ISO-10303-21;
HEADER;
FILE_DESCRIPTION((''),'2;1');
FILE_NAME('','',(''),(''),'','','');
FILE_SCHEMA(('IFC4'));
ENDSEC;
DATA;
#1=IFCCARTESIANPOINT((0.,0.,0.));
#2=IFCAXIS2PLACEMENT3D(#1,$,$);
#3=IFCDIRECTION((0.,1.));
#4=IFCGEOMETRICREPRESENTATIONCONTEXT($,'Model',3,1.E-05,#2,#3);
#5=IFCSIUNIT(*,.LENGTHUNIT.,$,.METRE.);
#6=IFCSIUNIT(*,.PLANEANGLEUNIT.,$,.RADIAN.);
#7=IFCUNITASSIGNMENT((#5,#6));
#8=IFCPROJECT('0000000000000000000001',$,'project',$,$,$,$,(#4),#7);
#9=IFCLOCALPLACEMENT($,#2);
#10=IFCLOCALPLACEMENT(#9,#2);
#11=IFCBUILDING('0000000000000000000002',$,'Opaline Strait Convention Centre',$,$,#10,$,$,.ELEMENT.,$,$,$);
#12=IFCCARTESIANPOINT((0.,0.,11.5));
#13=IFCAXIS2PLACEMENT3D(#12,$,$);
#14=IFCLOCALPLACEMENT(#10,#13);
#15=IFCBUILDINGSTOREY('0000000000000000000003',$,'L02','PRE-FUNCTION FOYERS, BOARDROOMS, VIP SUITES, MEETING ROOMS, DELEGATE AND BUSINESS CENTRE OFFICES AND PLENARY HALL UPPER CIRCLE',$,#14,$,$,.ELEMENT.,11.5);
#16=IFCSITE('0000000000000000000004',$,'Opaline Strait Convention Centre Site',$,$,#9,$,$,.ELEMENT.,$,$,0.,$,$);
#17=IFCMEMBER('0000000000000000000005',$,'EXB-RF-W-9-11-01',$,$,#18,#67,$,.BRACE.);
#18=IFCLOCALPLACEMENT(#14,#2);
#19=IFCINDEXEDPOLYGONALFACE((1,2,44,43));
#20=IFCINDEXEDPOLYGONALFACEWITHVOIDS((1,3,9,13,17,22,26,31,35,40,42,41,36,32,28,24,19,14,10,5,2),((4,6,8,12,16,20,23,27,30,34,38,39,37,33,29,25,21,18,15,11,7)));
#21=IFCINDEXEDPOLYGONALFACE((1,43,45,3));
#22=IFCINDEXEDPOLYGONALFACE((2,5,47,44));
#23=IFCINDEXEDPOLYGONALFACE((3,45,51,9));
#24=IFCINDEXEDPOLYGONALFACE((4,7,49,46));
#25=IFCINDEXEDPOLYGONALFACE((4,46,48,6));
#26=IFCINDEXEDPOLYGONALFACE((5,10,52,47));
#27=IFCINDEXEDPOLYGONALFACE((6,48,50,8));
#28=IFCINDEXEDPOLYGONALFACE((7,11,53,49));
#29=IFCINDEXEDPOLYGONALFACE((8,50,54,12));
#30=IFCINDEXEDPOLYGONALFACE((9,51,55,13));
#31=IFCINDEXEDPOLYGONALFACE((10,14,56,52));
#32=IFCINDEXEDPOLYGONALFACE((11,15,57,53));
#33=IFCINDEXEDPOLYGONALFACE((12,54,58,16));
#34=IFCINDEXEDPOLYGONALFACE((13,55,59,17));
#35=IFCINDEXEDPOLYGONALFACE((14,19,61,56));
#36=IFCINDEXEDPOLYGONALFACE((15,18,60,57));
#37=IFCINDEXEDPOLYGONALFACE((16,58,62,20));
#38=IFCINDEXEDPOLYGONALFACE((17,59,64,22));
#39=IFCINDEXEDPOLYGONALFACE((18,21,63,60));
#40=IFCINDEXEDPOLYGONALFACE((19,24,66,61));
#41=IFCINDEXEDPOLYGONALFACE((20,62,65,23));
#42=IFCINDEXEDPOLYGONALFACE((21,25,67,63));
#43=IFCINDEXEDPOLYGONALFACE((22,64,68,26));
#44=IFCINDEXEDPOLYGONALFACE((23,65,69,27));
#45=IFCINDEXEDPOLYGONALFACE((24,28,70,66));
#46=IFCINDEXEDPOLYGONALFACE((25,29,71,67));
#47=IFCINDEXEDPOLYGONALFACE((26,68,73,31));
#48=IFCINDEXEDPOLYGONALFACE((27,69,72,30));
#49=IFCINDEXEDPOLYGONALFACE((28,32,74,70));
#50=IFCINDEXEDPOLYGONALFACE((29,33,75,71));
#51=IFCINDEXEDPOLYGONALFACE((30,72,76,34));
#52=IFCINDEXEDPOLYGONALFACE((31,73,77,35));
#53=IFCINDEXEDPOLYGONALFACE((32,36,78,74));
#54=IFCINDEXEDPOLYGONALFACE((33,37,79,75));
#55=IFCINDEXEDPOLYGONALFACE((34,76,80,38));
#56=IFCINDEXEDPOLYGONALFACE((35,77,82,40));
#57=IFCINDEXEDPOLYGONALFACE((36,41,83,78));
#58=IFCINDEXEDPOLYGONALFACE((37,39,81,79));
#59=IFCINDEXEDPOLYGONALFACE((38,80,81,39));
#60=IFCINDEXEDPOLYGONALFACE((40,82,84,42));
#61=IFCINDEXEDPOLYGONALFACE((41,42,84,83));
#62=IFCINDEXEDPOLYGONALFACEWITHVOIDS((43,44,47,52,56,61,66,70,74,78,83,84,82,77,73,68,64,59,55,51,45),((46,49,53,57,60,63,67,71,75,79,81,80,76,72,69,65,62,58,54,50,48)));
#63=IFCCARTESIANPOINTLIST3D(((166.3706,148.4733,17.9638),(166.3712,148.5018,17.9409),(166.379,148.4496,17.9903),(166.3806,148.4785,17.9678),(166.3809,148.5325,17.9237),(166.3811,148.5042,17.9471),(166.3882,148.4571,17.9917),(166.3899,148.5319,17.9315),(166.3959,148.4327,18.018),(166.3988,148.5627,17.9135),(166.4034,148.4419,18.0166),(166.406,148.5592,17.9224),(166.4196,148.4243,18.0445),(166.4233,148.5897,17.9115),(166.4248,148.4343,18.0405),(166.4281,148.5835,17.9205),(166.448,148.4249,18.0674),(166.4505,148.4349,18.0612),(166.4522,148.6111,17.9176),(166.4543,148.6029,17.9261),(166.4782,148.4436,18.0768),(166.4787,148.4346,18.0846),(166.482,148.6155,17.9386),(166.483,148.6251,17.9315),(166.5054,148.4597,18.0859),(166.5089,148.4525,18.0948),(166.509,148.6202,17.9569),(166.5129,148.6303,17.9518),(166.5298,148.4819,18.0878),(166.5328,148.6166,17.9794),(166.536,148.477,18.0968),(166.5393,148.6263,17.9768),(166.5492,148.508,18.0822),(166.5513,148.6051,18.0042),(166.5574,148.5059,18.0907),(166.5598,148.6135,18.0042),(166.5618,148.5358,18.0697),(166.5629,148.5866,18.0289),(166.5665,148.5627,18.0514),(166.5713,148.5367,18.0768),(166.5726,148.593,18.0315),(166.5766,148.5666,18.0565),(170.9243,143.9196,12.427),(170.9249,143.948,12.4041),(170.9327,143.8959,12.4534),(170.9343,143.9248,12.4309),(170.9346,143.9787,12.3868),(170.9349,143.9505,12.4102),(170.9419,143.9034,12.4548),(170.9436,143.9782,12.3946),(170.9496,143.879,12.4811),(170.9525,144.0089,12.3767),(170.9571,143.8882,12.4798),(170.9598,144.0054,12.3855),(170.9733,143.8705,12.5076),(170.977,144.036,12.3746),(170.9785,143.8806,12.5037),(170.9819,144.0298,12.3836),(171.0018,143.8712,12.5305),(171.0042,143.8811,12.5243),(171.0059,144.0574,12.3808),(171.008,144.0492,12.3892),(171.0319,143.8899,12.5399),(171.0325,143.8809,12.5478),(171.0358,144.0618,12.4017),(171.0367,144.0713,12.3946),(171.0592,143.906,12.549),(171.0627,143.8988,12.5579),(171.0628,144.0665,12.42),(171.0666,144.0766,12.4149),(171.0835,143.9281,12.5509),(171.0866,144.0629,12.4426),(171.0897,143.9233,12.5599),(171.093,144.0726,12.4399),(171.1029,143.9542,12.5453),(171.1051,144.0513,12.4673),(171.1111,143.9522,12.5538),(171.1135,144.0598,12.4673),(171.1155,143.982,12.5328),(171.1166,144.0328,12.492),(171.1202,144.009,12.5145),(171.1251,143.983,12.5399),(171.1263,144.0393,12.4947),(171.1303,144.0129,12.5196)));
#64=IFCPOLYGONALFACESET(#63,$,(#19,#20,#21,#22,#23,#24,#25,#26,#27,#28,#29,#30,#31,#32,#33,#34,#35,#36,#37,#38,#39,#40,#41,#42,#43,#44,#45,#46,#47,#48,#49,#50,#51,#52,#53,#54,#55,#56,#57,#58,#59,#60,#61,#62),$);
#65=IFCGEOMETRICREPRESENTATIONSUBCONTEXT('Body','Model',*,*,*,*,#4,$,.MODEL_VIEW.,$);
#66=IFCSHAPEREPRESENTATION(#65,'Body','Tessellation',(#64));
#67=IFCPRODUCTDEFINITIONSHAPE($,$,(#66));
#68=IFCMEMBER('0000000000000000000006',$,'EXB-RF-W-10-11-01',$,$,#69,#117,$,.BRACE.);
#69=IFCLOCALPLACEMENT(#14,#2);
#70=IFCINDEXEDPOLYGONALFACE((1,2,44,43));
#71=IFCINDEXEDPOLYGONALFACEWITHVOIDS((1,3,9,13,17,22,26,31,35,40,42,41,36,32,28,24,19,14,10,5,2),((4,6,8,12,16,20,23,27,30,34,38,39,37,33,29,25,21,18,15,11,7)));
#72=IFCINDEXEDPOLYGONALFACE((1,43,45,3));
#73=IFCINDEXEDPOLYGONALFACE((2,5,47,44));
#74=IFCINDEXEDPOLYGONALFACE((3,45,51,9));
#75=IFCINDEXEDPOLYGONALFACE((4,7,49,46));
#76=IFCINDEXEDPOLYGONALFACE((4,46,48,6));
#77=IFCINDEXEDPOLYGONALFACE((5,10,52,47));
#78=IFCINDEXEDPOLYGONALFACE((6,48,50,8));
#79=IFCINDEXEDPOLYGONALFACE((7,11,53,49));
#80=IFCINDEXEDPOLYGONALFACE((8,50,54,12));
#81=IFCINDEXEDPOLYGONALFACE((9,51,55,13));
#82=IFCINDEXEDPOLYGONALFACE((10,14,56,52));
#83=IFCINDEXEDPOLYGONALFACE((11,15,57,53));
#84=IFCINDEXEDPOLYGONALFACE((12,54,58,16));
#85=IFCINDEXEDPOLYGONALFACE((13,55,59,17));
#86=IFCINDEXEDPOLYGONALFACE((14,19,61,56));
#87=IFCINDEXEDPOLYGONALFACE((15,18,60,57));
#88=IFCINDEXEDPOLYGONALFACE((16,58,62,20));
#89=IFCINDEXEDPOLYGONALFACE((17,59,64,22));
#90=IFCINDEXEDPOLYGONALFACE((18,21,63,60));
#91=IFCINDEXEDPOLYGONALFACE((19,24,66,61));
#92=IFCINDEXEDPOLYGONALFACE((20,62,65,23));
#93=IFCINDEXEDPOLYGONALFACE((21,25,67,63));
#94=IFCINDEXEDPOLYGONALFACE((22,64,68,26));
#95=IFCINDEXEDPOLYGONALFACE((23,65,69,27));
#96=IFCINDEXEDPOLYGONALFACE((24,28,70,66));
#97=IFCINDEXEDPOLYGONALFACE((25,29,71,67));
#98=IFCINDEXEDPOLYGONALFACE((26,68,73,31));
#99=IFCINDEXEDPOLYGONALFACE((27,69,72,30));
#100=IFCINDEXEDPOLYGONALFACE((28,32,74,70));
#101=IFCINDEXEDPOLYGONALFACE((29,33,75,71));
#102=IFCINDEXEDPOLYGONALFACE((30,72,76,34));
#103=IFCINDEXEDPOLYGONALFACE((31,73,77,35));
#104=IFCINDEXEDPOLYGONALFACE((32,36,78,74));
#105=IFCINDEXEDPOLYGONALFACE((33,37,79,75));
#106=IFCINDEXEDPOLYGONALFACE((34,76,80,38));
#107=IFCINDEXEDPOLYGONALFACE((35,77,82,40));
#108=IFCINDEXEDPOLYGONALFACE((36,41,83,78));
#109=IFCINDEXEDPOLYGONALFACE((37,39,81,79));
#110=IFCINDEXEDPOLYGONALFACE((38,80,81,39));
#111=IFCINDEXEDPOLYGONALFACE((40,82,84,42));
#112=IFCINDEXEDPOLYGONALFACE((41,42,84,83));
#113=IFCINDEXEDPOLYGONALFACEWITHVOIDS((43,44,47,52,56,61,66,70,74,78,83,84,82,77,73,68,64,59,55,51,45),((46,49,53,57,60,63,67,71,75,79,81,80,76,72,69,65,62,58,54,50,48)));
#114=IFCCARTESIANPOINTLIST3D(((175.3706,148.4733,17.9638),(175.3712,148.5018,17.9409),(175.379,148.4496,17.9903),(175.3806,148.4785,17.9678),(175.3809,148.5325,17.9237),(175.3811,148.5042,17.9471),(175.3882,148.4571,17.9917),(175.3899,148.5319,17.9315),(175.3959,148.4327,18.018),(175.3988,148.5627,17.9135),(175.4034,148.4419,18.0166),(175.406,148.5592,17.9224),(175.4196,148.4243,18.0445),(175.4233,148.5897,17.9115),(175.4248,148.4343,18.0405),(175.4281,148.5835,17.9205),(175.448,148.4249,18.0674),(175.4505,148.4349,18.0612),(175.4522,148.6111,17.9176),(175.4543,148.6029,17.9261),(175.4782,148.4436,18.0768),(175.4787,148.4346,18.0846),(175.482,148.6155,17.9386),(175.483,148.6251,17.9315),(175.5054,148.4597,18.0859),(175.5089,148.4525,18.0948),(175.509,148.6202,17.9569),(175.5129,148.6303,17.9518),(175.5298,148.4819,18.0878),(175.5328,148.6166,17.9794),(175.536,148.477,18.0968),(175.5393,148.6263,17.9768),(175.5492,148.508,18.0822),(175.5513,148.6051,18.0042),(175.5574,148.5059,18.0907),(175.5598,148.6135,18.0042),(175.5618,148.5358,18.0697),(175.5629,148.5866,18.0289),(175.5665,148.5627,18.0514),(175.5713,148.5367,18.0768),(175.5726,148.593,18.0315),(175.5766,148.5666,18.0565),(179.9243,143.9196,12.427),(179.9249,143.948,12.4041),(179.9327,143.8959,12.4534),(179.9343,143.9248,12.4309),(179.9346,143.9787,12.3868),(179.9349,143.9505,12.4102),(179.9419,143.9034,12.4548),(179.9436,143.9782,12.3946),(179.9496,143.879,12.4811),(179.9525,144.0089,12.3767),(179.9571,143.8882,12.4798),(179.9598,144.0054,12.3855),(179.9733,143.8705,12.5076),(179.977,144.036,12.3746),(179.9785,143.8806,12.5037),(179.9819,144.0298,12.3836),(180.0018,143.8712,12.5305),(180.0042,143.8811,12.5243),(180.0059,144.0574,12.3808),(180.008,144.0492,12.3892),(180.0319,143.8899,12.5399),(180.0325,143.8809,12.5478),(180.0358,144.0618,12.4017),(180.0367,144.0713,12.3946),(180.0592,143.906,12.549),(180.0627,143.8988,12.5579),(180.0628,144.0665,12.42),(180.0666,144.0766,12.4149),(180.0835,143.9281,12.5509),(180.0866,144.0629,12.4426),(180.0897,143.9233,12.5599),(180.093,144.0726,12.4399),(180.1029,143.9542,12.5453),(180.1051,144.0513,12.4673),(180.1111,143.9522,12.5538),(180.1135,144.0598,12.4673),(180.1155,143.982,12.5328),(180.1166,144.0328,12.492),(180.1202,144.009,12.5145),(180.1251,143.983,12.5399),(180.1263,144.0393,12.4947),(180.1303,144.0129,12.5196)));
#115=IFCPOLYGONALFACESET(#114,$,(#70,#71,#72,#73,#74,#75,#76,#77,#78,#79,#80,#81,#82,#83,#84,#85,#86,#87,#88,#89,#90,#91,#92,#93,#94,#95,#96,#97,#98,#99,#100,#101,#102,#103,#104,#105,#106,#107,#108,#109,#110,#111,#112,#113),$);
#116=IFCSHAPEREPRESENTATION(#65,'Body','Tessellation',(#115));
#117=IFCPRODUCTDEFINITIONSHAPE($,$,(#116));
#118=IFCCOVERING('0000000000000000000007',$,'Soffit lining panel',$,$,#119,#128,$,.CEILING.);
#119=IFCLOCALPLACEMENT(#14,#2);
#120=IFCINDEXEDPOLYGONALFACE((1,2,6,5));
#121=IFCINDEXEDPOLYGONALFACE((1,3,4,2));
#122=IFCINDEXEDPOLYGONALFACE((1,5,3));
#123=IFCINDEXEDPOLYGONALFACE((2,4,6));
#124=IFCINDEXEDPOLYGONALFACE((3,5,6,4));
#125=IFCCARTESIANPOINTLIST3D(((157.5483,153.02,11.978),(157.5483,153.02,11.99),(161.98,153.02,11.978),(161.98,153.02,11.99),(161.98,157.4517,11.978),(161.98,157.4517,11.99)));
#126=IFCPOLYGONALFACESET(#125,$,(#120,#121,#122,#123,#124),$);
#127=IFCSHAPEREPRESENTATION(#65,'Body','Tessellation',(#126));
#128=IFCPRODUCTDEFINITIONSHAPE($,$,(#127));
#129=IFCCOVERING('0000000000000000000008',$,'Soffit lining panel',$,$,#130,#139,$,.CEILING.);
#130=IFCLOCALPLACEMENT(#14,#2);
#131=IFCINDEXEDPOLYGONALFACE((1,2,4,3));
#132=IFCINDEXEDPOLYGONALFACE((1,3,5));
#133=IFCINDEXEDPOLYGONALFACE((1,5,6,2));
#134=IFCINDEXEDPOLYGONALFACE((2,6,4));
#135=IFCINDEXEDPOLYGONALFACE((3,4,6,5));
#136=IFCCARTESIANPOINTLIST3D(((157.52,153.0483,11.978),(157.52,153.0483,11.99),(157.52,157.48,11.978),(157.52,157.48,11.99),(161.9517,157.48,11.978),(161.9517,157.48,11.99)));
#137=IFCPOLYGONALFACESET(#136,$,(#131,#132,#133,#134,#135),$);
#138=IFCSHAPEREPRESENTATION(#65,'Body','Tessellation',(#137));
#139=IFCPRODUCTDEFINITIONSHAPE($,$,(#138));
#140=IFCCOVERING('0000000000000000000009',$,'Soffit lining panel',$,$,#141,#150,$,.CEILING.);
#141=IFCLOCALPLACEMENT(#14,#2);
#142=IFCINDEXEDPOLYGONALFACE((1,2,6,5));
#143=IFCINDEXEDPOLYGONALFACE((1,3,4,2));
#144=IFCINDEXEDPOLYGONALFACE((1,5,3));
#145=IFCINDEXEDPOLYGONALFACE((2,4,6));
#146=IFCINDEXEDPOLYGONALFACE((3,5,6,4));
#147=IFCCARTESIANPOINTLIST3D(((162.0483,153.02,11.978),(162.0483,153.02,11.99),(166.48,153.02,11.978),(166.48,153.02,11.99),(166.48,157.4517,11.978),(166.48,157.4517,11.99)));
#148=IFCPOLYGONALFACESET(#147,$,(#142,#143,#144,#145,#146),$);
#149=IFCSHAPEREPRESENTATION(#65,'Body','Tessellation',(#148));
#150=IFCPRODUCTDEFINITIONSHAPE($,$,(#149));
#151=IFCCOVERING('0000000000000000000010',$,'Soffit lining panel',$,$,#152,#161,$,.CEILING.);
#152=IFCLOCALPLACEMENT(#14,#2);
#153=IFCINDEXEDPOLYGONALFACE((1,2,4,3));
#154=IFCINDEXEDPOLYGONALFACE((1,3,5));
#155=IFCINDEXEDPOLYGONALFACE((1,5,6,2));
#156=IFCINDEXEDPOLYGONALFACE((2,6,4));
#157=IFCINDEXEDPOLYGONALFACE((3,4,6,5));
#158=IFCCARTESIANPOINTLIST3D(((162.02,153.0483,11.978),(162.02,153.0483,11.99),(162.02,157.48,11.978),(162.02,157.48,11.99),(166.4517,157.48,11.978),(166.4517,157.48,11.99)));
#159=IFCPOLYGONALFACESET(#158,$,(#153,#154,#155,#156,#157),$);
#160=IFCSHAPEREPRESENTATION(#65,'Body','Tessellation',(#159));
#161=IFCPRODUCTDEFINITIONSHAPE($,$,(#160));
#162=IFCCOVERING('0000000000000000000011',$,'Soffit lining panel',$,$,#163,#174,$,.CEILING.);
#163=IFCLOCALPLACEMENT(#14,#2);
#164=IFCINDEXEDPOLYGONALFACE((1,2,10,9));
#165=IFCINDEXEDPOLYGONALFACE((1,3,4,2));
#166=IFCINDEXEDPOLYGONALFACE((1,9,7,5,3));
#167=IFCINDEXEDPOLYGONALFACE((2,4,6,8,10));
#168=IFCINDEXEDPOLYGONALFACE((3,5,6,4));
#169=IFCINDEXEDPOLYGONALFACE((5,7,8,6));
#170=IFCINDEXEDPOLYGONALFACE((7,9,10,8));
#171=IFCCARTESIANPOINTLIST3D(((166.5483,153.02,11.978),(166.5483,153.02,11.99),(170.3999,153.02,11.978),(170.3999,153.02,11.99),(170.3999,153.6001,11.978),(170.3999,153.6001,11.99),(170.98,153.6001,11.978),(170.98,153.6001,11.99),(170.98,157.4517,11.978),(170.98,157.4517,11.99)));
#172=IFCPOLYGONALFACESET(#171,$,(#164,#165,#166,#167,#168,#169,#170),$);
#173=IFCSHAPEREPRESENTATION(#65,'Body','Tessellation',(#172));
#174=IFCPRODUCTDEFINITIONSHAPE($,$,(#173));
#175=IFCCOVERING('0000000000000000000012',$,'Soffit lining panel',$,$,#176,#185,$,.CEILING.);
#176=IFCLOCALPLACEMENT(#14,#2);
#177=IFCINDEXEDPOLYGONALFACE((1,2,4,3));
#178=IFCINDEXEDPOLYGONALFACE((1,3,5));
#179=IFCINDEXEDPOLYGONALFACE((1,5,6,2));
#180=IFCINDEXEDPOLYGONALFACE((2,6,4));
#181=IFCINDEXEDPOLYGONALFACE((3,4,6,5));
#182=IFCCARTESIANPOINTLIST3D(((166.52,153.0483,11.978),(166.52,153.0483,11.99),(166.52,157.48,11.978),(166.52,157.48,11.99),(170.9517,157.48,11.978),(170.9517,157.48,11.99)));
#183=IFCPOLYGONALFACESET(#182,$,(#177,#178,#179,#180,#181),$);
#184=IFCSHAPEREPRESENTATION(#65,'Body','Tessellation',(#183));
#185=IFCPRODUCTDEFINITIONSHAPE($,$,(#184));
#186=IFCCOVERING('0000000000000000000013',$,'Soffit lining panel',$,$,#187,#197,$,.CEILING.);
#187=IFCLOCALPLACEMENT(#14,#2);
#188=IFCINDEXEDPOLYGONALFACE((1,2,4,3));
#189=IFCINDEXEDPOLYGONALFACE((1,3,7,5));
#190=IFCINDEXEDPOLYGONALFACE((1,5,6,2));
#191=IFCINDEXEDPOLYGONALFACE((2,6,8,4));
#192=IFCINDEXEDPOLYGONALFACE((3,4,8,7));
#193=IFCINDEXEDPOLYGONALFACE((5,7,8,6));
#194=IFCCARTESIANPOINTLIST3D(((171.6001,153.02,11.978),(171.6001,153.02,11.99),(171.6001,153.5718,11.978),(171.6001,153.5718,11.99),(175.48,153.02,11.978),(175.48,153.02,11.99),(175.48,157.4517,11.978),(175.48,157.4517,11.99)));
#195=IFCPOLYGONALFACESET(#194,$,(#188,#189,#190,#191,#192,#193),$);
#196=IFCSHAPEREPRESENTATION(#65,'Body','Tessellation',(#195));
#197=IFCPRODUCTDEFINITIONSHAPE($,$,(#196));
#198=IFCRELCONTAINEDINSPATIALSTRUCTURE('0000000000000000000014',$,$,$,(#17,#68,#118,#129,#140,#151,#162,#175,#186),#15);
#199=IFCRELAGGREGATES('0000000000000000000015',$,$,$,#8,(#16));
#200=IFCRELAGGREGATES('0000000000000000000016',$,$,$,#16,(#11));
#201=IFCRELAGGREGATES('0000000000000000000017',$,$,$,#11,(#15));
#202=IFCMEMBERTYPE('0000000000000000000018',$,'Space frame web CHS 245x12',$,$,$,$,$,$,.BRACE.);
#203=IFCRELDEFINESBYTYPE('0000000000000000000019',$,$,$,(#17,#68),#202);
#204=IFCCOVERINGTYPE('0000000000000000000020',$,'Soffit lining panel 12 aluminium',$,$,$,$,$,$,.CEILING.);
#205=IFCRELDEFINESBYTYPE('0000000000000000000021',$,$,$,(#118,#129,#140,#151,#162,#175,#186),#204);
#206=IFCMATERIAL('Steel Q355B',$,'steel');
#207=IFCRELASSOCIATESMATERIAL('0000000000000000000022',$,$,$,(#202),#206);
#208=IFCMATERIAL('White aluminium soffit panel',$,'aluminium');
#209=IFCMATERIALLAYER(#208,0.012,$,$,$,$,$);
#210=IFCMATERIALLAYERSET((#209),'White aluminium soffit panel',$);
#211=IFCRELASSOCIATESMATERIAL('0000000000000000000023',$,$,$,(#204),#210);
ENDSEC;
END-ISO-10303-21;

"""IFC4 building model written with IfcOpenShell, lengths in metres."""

from ifc_helpers import new_model, si_unit, direction, frame, origin, origin_2d, place, context, subcontext, project, spatial, polyline, hollow_circle, outline, extrude, material, layer, layer_set, material_profile, profile_set, type_object, element, save


model = new_model("IFC4")

# Units and contexts
model_context = context("Model", 3, precision=1e-05, world=origin(), true_north=direction((0.0, 1.0)))
body_context = subcontext(model_context, "Body", "Model", "MODEL_VIEW")
ifc_project = project(units=[si_unit("LENGTHUNIT", "METRE"), si_unit("PLANEANGLEUNIT", "RADIAN")], contexts=[model_context])

# Site, building, storey
site_placement = place(None, origin())
site = spatial("IfcSite", under=ifc_project, at=site_placement, Name="Opaline Strait Convention Centre Site", CompositionType="ELEMENT", RefElevation=0.0)
building_placement = place(site_placement, origin())
building = spatial("IfcBuilding", under=site, at=building_placement, Name="Opaline Strait Convention Centre", CompositionType="ELEMENT")
storey_placement = place(building_placement, frame((0.0, 0.0, 11.5)))
storey = spatial("IfcBuildingStorey", under=building, at=storey_placement, Name="L02", Description="PRE-FUNCTION FOYERS, BOARDROOMS, VIP SUITES, MEETING ROOMS, DELEGATE AND BUSINESS CENTRE OFFICES AND PLENARY HALL UPPER CIRCLE", CompositionType="ELEMENT", Elevation=11.5)

# Shared definitions
ifc_material_1 = material(Name="Steel Q355B", Category="steel")

# Members
ifc_material_profile_1 = material_profile(ifc_material_1, hollow_circle(Radius=0.1226, WallThickness=0.012, at=origin_2d()), Name="CHS 245x12")
ifc_profile_set_1 = profile_set([ifc_material_profile_1], Name="Steel Q355B")
member_type_1 = type_object("IfcMemberType", Name="Space frame web CHS 245x12", PredefinedType="BRACE", material=ifc_profile_set_1)
for number, where, z_axis, x_axis, name in (
    (1, (166.4731, 148.5269, 18.0042), (0.536178, -0.536178, -0.65194), (0.707107, 0.707107, 0.0), "EXB-RF-W-9-11-01"),
    (2, (175.4731, 148.5269, 18.0042), (0.536178, -0.536178, -0.65194), (0.707107, 0.707107, 0.0), "EXB-RF-W-10-11-01"),
):
    element("IfcMember", number, at=place(storey_placement, frame(where, z_axis=z_axis, x_axis=x_axis)), inside=storey, type_object=member_type_1, Name=name, PredefinedType="BRACE", context=body_context, shape_type="SweptSolid", body=[
        extrude(hollow_circle(Radius=0.1226, WallThickness=0.012, at=origin_2d()), origin(), (0.0, 0.0, 1.0), 8.4929),
    ])

# Coverings
ifc_material_2 = material(Name="White aluminium soffit panel", Category="aluminium")
ifc_layer = layer(ifc_material_2, 0.012)
ifc_layer_set = layer_set([ifc_layer], Name="White aluminium soffit panel")
covering_type = type_object("IfcCoveringType", Name="Soffit lining panel 12 aluminium", PredefinedType="CEILING", material=ifc_layer_set)
covering_1_placement = place(storey_placement, frame((157.5483, 153.02, 11.99), z_axis=(0.0, 0.0, 1.0), x_axis=(0.707107, 0.707107, 0.0)))
element("IfcCovering", 3, at=covering_1_placement, inside=storey, type_object=covering_type, Name="Soffit lining panel", PredefinedType="CEILING", context=body_context, shape_type="SweptSolid", body=[
    extrude(outline(polyline([(0.0, 0.0), (6.2673, 0.0), (3.1336, -3.1336), (0.0, 0.0)])), origin(), (0.0, 0.0, -1.0), 0.012),
])
covering_2_placement = place(storey_placement, frame((157.52, 153.0483, 11.99), z_axis=(0.0, 0.0, 1.0), x_axis=(0.0, 1.0, 0.0)))
element("IfcCovering", 4, at=covering_2_placement, inside=storey, type_object=covering_type, Name="Soffit lining panel", PredefinedType="CEILING", context=body_context, shape_type="SweptSolid", body=[
    extrude(outline(polyline([(0.0, 0.0), (4.4316, 0.0), (4.4316, -4.4316), (0.0, 0.0)])), origin(), (0.0, 0.0, -1.0), 0.012),
])
covering_3_placement = place(storey_placement, frame((162.0483, 153.02, 11.99), z_axis=(0.0, 0.0, 1.0), x_axis=(0.707107, 0.707107, 0.0)))
element("IfcCovering", 5, at=covering_3_placement, inside=storey, type_object=covering_type, Name="Soffit lining panel", PredefinedType="CEILING", context=body_context, shape_type="SweptSolid", body=[
    extrude(outline(polyline([(0.0, 0.0), (6.2673, 0.0), (3.1336, -3.1336), (0.0, 0.0)])), origin(), (0.0, 0.0, -1.0), 0.012),
])
covering_4_placement = place(storey_placement, frame((162.02, 153.0483, 11.99), z_axis=(0.0, 0.0, 1.0), x_axis=(0.0, 1.0, 0.0)))
element("IfcCovering", 6, at=covering_4_placement, inside=storey, type_object=covering_type, Name="Soffit lining panel", PredefinedType="CEILING", context=body_context, shape_type="SweptSolid", body=[
    extrude(outline(polyline([(0.0, 0.0), (4.4316, 0.0), (4.4316, -4.4316), (0.0, 0.0)])), origin(), (0.0, 0.0, -1.0), 0.012),
])
covering_5_placement = place(storey_placement, frame((166.5483, 153.02, 11.99), z_axis=(0.0, 0.0, 1.0), x_axis=(0.707107, 0.707107, 0.0)))
element("IfcCovering", 7, at=covering_5_placement, inside=storey, type_object=covering_type, Name="Soffit lining panel", PredefinedType="CEILING", context=body_context, shape_type="SweptSolid", body=[
    extrude(outline(polyline([(0.0, 0.0), (6.2673, 0.0), (3.5438, -2.7235), (3.1336, -2.3133), (2.7235, -2.7235), (0.0, 0.0)])), origin(), (0.0, 0.0, -1.0), 0.012),
])
covering_6_placement = place(storey_placement, frame((166.52, 153.0483, 11.99), z_axis=(0.0, 0.0, 1.0), x_axis=(0.0, 1.0, 0.0)))
element("IfcCovering", 8, at=covering_6_placement, inside=storey, type_object=covering_type, Name="Soffit lining panel", PredefinedType="CEILING", context=body_context, shape_type="SweptSolid", body=[
    extrude(outline(polyline([(0.0, 0.0), (4.4316, 0.0), (4.4316, -4.4316), (0.0, 0.0)])), origin(), (0.0, 0.0, -1.0), 0.012),
])
covering_7_placement = place(storey_placement, frame((175.48, 153.02, 11.99), z_axis=(0.0, 0.0, 1.0), x_axis=(-1.0, 0.0, 0.0)))
element("IfcCovering", 9, at=covering_7_placement, inside=storey, type_object=covering_type, Name="Soffit lining panel", PredefinedType="CEILING", context=body_context, shape_type="SweptSolid", body=[
    extrude(outline(polyline([(0.0, 0.0), (3.8799, 0.0), (3.8799, -0.5518), (0.0, -4.4316), (0.0, 0.0)])), origin(), (0.0, 0.0, -1.0), 0.012),
])

save(model, "model.ifc")
